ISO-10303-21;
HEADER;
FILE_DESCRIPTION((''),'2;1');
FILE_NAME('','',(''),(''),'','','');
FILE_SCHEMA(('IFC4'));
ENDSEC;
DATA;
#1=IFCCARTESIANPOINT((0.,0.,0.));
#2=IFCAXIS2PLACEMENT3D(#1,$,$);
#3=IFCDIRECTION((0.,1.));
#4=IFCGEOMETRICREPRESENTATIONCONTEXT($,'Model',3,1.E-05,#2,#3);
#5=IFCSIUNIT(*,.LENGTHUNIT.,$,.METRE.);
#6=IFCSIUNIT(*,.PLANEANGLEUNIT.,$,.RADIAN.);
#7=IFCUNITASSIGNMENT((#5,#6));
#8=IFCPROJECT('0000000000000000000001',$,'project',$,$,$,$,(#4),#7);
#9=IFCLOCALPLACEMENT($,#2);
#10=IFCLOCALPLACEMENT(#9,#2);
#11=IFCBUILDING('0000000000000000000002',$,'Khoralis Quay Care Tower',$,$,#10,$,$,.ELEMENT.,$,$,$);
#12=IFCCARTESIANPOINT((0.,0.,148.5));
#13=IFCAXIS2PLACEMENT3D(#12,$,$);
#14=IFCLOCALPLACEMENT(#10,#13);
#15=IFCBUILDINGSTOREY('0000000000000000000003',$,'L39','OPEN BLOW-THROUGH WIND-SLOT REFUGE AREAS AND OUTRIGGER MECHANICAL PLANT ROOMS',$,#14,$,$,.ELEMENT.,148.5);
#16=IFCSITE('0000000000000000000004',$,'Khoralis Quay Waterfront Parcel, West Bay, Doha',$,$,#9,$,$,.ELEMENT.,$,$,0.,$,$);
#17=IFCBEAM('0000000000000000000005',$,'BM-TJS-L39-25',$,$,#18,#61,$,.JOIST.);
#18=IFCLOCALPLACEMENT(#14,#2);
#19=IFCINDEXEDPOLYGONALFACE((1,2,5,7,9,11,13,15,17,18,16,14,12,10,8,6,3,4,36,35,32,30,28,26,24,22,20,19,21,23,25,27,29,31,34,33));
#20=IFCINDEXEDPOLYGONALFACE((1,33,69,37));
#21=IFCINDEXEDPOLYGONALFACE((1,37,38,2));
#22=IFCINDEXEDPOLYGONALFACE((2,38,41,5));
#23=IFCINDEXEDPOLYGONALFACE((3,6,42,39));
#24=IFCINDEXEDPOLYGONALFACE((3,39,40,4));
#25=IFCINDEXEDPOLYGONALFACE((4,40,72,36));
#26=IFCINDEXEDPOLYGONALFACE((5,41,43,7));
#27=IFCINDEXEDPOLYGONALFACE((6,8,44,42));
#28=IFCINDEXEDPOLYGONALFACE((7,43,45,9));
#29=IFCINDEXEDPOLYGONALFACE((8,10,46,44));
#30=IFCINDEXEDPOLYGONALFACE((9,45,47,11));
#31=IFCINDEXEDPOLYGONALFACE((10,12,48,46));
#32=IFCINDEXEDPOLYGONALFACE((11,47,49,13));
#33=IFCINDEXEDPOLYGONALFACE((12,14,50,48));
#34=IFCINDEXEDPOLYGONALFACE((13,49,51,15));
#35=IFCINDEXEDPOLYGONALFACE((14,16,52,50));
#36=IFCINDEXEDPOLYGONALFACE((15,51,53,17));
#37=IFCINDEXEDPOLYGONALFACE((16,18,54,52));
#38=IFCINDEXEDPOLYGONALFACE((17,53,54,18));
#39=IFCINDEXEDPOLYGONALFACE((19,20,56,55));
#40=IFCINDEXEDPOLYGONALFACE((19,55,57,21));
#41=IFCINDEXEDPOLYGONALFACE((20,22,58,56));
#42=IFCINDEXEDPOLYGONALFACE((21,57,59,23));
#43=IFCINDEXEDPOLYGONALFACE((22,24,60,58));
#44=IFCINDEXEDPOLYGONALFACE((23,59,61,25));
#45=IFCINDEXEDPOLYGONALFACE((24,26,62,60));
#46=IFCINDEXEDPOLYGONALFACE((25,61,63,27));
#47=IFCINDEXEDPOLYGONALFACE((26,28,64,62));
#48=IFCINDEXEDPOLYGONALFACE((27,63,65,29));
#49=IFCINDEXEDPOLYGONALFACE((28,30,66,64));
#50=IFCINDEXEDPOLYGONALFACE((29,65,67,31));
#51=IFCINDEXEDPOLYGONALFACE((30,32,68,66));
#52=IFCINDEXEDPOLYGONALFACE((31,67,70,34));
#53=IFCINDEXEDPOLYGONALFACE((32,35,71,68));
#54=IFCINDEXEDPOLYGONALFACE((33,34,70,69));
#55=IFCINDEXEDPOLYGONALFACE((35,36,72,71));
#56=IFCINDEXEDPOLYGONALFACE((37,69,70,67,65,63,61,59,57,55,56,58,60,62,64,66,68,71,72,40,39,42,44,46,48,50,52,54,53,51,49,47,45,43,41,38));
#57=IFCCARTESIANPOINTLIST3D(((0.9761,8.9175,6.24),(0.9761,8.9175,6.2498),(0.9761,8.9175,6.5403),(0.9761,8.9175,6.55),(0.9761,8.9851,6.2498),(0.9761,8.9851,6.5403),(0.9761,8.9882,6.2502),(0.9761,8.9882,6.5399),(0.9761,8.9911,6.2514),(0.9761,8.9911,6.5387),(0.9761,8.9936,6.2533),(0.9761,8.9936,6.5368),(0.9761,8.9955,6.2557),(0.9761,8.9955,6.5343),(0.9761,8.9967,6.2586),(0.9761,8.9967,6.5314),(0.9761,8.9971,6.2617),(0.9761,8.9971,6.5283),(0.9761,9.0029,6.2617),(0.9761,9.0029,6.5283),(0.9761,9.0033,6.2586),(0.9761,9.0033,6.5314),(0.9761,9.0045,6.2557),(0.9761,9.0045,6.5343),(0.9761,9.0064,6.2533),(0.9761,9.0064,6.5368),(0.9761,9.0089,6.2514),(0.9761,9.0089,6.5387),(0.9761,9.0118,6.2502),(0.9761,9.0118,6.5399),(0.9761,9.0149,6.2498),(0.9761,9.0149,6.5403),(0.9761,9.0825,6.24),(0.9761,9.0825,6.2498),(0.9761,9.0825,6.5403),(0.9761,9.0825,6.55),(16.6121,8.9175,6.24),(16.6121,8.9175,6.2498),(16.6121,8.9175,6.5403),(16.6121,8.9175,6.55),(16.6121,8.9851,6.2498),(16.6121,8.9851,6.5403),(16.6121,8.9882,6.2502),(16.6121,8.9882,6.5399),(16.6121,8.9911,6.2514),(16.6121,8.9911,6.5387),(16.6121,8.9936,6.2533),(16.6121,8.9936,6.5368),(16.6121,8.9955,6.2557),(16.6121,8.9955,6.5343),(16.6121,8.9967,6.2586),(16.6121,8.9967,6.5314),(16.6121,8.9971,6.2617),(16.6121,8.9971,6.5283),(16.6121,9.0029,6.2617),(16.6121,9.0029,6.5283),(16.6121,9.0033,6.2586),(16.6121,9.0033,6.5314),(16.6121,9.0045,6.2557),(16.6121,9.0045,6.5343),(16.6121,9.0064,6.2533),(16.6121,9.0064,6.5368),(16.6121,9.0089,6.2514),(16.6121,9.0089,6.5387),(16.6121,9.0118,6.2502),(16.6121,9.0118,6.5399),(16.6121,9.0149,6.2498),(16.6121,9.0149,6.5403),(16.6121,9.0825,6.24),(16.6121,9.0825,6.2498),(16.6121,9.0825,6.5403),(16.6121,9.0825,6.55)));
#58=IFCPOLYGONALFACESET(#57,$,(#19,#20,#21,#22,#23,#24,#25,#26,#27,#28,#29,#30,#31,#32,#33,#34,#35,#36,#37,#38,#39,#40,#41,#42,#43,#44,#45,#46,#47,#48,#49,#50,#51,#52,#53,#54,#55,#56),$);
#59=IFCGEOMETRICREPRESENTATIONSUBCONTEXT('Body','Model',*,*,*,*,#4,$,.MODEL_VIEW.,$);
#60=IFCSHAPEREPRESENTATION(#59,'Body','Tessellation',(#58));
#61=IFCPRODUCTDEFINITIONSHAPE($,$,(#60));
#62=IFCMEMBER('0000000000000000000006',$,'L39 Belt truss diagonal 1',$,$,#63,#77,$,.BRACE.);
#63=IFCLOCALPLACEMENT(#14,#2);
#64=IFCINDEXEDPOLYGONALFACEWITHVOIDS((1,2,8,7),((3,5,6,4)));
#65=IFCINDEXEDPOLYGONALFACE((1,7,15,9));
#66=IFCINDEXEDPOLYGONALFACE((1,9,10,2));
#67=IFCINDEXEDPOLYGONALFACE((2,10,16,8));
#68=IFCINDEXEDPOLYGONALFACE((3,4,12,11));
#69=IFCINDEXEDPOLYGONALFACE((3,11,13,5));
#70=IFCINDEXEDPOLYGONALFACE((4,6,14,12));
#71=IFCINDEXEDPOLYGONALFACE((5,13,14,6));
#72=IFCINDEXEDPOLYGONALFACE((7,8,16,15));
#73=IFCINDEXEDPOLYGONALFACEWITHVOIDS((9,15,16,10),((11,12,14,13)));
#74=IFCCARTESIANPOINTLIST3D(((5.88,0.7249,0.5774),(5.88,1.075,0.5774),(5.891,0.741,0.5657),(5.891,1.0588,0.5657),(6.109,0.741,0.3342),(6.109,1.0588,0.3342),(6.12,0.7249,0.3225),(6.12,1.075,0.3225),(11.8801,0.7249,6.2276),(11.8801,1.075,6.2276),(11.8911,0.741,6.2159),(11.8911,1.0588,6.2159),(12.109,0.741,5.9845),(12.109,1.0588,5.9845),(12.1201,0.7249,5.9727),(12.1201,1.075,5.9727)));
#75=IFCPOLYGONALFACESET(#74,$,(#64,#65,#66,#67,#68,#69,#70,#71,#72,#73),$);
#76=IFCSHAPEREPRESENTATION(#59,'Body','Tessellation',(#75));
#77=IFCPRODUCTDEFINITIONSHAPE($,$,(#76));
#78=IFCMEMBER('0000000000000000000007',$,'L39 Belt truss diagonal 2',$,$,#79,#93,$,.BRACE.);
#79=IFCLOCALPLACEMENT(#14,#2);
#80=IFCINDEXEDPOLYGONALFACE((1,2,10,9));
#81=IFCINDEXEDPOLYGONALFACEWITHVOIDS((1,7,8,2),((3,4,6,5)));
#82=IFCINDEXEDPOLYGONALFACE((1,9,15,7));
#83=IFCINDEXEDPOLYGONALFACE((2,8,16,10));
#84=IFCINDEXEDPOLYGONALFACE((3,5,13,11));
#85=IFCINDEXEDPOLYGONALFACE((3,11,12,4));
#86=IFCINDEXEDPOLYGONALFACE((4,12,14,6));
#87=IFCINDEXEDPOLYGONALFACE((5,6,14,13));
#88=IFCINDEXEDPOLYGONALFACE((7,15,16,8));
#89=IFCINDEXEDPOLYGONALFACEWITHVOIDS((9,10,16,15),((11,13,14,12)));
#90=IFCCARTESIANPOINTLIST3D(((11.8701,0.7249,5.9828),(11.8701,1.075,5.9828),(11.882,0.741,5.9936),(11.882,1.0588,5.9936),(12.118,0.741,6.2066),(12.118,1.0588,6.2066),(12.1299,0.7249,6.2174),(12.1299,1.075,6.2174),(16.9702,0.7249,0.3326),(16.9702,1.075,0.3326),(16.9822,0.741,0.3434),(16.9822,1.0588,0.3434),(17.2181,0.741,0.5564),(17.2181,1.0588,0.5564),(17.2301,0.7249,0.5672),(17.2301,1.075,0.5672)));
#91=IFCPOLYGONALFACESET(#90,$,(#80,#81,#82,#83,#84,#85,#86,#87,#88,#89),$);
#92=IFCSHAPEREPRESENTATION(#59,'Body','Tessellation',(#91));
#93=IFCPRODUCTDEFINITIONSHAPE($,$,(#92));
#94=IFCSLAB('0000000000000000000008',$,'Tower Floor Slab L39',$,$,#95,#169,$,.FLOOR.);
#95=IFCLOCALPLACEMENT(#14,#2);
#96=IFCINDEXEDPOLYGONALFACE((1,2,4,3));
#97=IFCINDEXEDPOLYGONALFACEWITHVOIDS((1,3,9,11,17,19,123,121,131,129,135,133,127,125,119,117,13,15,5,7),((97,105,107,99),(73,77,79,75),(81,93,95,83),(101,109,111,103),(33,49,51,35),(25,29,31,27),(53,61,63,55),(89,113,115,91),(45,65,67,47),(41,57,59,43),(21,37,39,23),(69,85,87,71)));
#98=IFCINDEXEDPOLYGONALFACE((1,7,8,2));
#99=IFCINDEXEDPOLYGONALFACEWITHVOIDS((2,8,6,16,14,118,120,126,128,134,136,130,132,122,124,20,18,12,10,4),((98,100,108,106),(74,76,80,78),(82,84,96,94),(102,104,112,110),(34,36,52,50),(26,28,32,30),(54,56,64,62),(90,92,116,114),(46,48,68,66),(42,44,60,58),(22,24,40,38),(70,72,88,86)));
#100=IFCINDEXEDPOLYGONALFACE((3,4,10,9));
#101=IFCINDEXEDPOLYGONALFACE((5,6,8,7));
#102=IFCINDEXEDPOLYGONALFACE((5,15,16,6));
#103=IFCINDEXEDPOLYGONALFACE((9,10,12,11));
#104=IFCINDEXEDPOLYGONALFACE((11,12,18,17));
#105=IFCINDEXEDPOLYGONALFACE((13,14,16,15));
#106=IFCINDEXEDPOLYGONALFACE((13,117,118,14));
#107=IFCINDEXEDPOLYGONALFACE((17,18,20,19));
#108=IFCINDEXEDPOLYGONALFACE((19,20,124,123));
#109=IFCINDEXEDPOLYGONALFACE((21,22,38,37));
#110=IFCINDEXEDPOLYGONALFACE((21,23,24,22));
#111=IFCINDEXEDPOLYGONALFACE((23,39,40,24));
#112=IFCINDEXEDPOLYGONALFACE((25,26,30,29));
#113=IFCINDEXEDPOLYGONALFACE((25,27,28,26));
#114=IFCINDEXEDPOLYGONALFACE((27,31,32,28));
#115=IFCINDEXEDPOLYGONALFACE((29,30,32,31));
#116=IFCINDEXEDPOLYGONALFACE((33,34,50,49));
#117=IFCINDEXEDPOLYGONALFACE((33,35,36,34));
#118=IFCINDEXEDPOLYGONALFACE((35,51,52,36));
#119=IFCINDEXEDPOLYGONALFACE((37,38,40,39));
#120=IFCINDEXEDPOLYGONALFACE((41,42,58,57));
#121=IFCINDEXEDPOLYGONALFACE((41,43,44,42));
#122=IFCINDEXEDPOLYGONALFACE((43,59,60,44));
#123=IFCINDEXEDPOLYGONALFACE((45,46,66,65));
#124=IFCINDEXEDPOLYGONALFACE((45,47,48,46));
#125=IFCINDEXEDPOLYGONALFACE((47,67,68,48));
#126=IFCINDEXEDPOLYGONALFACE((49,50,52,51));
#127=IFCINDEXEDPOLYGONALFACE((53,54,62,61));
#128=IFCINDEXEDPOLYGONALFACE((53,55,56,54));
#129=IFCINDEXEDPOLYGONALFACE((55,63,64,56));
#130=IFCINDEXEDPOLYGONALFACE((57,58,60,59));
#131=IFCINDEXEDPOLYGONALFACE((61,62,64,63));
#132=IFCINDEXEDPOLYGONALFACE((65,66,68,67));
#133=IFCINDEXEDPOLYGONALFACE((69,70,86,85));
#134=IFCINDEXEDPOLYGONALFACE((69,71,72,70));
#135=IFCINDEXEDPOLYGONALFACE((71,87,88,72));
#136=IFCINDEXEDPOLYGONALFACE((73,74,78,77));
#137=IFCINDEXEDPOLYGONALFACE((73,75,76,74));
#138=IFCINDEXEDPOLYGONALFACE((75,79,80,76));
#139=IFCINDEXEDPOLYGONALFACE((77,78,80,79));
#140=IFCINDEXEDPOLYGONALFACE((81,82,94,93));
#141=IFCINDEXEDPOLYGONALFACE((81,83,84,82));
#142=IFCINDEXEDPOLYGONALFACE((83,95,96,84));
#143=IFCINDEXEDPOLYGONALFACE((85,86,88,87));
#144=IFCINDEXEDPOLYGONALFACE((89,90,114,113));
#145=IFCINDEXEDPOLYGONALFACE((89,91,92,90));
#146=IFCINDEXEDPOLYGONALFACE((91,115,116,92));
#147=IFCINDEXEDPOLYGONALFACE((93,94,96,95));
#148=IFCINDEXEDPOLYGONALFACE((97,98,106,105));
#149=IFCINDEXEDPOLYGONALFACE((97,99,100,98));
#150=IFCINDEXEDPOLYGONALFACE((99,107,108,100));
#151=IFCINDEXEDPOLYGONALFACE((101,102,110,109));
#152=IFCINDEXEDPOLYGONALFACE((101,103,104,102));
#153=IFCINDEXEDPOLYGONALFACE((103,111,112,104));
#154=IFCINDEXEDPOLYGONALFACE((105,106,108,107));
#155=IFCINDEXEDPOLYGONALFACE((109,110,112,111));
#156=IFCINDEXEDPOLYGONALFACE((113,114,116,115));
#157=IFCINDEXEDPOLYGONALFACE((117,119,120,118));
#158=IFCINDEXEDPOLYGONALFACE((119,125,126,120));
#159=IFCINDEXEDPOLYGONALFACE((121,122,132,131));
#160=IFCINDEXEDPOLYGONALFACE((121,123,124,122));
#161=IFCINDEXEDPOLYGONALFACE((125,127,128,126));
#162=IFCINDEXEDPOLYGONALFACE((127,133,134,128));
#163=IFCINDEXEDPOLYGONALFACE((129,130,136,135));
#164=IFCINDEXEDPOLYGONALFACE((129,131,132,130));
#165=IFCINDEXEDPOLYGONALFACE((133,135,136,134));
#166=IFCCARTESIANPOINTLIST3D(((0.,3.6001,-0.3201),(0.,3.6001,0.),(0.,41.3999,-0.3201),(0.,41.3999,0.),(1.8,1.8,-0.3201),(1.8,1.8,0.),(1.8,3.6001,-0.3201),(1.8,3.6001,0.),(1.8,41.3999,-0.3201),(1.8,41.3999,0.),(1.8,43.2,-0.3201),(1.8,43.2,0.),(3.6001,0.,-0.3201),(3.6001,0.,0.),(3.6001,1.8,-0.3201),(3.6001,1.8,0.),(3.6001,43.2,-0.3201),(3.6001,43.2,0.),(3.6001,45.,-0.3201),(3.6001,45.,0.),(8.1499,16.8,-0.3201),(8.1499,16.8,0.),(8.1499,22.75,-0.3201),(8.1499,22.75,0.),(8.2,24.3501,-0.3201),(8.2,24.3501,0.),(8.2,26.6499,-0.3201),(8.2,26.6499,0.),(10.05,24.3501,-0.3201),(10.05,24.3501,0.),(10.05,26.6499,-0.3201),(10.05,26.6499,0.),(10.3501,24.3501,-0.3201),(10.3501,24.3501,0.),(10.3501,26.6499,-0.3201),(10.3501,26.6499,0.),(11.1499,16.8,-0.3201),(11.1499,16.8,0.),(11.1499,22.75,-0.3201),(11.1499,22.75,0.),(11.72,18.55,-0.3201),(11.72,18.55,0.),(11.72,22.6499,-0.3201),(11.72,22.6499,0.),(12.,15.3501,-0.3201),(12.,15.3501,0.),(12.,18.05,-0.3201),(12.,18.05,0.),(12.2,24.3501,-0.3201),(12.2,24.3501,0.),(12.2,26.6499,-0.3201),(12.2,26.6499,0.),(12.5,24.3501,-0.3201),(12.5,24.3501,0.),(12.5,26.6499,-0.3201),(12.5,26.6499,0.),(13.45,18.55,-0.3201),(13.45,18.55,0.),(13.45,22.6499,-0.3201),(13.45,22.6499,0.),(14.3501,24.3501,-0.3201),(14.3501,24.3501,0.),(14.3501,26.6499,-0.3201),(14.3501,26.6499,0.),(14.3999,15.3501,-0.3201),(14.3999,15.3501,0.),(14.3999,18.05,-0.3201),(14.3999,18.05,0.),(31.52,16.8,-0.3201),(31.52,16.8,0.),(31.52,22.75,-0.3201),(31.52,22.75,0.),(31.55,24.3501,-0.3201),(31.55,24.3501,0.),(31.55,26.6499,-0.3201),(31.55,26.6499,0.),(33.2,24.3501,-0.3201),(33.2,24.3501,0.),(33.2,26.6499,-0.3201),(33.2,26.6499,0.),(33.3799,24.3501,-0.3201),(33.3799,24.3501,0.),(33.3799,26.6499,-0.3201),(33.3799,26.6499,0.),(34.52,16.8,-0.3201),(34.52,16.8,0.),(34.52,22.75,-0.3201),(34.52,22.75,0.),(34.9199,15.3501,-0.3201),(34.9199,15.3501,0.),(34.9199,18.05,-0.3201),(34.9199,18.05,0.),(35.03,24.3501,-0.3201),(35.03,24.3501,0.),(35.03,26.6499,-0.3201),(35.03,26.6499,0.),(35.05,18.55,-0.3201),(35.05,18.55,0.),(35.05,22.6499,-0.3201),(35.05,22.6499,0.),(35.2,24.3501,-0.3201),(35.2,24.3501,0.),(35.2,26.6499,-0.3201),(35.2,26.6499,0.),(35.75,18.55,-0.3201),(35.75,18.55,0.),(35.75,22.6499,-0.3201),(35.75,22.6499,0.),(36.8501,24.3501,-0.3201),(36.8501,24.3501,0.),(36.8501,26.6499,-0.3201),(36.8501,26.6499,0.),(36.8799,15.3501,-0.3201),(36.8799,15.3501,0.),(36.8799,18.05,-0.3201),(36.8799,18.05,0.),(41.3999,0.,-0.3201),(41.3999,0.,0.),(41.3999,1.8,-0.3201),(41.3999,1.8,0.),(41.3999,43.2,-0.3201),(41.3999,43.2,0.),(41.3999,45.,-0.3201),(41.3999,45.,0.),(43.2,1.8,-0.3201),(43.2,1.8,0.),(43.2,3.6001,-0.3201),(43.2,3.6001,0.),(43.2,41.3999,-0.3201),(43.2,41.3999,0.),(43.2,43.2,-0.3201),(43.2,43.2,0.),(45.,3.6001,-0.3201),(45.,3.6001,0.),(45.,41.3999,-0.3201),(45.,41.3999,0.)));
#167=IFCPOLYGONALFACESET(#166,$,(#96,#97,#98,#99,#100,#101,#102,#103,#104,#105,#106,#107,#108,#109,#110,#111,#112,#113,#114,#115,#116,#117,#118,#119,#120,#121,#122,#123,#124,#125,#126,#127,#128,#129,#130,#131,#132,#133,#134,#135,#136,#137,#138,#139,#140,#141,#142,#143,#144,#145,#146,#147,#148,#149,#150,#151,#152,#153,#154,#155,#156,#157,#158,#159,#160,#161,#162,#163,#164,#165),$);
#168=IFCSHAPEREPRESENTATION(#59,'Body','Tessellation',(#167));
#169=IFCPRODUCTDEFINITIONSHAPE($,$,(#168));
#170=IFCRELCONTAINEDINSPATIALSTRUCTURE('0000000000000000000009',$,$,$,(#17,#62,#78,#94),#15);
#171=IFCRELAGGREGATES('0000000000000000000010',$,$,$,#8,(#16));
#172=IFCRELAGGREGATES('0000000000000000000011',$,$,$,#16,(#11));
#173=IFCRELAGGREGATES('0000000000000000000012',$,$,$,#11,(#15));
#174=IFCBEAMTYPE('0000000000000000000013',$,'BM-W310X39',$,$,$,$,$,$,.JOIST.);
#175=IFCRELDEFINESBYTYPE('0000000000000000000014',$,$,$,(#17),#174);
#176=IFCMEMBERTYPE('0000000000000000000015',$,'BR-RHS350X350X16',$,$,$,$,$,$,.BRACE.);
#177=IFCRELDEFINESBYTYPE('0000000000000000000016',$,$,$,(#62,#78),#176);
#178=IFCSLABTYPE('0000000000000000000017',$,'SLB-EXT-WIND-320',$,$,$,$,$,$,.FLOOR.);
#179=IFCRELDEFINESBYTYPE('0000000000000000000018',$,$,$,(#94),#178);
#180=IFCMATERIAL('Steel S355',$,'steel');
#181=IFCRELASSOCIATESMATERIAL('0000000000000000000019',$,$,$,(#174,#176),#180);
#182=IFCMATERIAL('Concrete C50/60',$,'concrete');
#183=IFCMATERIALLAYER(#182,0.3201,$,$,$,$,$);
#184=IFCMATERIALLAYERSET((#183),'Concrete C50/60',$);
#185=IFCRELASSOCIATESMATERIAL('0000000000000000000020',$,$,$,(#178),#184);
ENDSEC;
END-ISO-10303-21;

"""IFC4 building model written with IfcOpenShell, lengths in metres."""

from ifc_helpers import new_model, si_unit, direction, frame, origin, origin_2d, place, context, subcontext, project, spatial, polyline, hollow_rectangle, i_section, outline, extrude, source, transform, mapped, material, layer, layer_set, material_profile, profile_set, type_object, element, save


model = new_model("IFC4")

# Units and contexts
model_context = context("Model", 3, precision=1e-05, world=origin(), true_north=direction((0.0, 1.0)))
body_context = subcontext(model_context, "Body", "Model", "MODEL_VIEW")
ifc_project = project(units=[si_unit("LENGTHUNIT", "METRE"), si_unit("PLANEANGLEUNIT", "RADIAN")], contexts=[model_context])

# Site, building, storey
site_placement = place(None, origin())
site = spatial("IfcSite", under=ifc_project, at=site_placement, Name="Khoralis Quay Waterfront Parcel, West Bay, Doha", CompositionType="ELEMENT", RefElevation=0.0)
building_placement = place(site_placement, origin())
building = spatial("IfcBuilding", under=site, at=building_placement, Name="Khoralis Quay Care Tower", CompositionType="ELEMENT")
storey_placement = place(building_placement, frame((0.0, 0.0, 148.5)))
storey = spatial("IfcBuildingStorey", under=building, at=storey_placement, Name="L39", Description="OPEN BLOW-THROUGH WIND-SLOT REFUGE AREAS AND OUTRIGGER MECHANICAL PLANT ROOMS", CompositionType="ELEMENT", Elevation=148.5)

# Beam
ifc_material_1 = material(Name="Steel S355", Category="steel")
ifc_material_profile_1 = material_profile(ifc_material_1, i_section(OverallWidth=0.165, OverallDepth=0.3101, WebThickness=0.0059, FlangeThickness=0.0098, FilletRadius=0.012, at=origin_2d()), Name="Steel S355")
ifc_profile_set_1 = profile_set([ifc_material_profile_1], Name="Steel S355")
beam_type_1 = type_object("IfcBeamType", Name="BM-W310X39", PredefinedType="JOIST", material=ifc_profile_set_1)
shared_shape_1 = source(origin(), body_context, "Body", "SweptSolid", [
    extrude(i_section(OverallWidth=0.165, OverallDepth=0.3101, WebThickness=0.0059, FlangeThickness=0.0098, FilletRadius=0.012, at=origin_2d()), origin(), (0.0, 0.0, 1.0), 15.636),
])
beam_1_placement = place(storey_placement, frame((0.9761, 9.0, 6.395), z_axis=(1.0, 0.0, 0.0), x_axis=(0.0, 1.0, 0.0)))
element("IfcBeam", 1, at=beam_1_placement, inside=storey, type_object=beam_type_1, Name="BM-TJS-L39-25", PredefinedType="JOIST", context=body_context, shape_type="MappedRepresentation", body=[
    mapped(shared_shape_1, transform((0.0, 0.0, 0.0), scale=1.0)),
])

# Members
ifc_material_profile_2 = material_profile(ifc_material_1, hollow_rectangle(XDim=0.3501, YDim=0.3501, WallThickness=0.0161, at=origin_2d()), Name="Steel S355")
ifc_profile_set_2 = profile_set([ifc_material_profile_2], Name="Steel S355")
member_type = type_object("IfcMemberType", Name="BR-RHS350X350X16", PredefinedType="BRACE", material=ifc_profile_set_2)
shared_shape_2 = source(origin(), body_context, "Body", "SweptSolid", [
    extrude(hollow_rectangle(XDim=0.3501, YDim=0.3501, WallThickness=0.0161, at=origin_2d()), origin(), (0.0, 0.0, 1.0), 8.2417),
])
member_1_placement = place(storey_placement, frame((6.0, 0.8999, 0.45), z_axis=(0.728013, 0.0, 0.685563), x_axis=(0.0, 1.0, 0.0)))
element("IfcMember", 2, at=member_1_placement, inside=storey, type_object=member_type, Name="L39 Belt truss diagonal 1", PredefinedType="BRACE", context=body_context, shape_type="MappedRepresentation", body=[
    mapped(shared_shape_2, transform((0.0, 0.0, 0.0), scale=1.0)),
])
shared_shape_3 = source(origin(), body_context, "Body", "SweptSolid", [
    extrude(hollow_rectangle(XDim=0.3501, YDim=0.3501, WallThickness=0.0161, at=origin_2d()), origin(), (0.0, 0.0, 1.0), 7.6116),
])
member_2_placement = place(storey_placement, frame((12.0, 0.8999, 6.1001), z_axis=(0.67005, 0.0, -0.742316), x_axis=(0.0, 1.0, 0.0)))
element("IfcMember", 3, at=member_2_placement, inside=storey, type_object=member_type, Name="L39 Belt truss diagonal 2", PredefinedType="BRACE", context=body_context, shape_type="MappedRepresentation", body=[
    mapped(shared_shape_3, transform((0.0, 0.0, 0.0), scale=1.0)),
])

# Slab
ifc_material_2 = material(Name="Concrete C50/60", Category="concrete")
ifc_layer_1 = layer(ifc_material_2, 0.3201)
ifc_layer_set_1 = layer_set([ifc_layer_1], Name="Concrete C50/60")
slab_type_1 = type_object("IfcSlabType", Name="SLB-EXT-WIND-320", PredefinedType="FLOOR", material=ifc_layer_set_1)
slab_1_placement = place(storey_placement, frame((0.0, 0.0, -0.3201)))
element("IfcSlab", 4, at=slab_1_placement, inside=storey, type_object=slab_type_1, Name="Tower Floor Slab L39", PredefinedType="FLOOR", context=body_context, shape_type="SweptSolid", body=[
    extrude(outline(polyline([(3.6001, 0.0), (41.3999, 0.0), (41.3999, 1.8), (43.2, 1.8), (43.2, 3.6001), (45.0, 3.6001), (45.0, 41.3999), (43.2, 41.3999), (43.2, 43.2), (41.3999, 43.2), (41.3999, 45.0), (3.6001, 45.0), (3.6001, 43.2), (1.8, 43.2), (1.8, 41.3999), (0.0, 41.3999), (0.0, 3.6001), (1.8, 3.6001), (1.8, 1.8), (3.6001, 1.8), (3.6001, 0.0)]), holes=[polyline([(11.1499, 16.8), (11.1499, 22.75), (8.1499, 22.75), (8.1499, 16.8), (11.1499, 16.8)]), polyline([(34.52, 16.8), (34.52, 22.75), (31.52, 22.75), (31.52, 16.8), (34.52, 16.8)]), polyline([(12.0, 15.3501), (14.3999, 15.3501), (14.3999, 18.05), (12.0, 18.05), (12.0, 15.3501)]), polyline([(34.9199, 15.3501), (36.8799, 15.3501), (36.8799, 18.05), (34.9199, 18.05), (34.9199, 15.3501)]), polyline([(8.2, 24.3501), (10.05, 24.3501), (10.05, 26.6499), (8.2, 26.6499), (8.2, 24.3501)]), polyline([(31.55, 24.3501), (33.2, 24.3501), (33.2, 26.6499), (31.55, 26.6499), (31.55, 24.3501)]), polyline([(10.3501, 24.3501), (12.2, 24.3501), (12.2, 26.6499), (10.3501, 26.6499), (10.3501, 24.3501)]), polyline([(33.3799, 24.3501), (35.03, 24.3501), (35.03, 26.6499), (33.3799, 26.6499), (33.3799, 24.3501)]), polyline([(12.5, 24.3501), (14.3501, 24.3501), (14.3501, 26.6499), (12.5, 26.6499), (12.5, 24.3501)]), polyline([(35.2, 24.3501), (36.8501, 24.3501), (36.8501, 26.6499), (35.2, 26.6499), (35.2, 24.3501)]), polyline([(11.72, 18.55), (13.45, 18.55), (13.45, 22.6499), (11.72, 22.6499), (11.72, 18.55)]), polyline([(35.05, 18.55), (35.75, 18.55), (35.75, 22.6499), (35.05, 22.6499), (35.05, 18.55)])]), origin(), (0.0, 0.0, 1.0), 0.3201),
])

save(model, "model.ifc")
